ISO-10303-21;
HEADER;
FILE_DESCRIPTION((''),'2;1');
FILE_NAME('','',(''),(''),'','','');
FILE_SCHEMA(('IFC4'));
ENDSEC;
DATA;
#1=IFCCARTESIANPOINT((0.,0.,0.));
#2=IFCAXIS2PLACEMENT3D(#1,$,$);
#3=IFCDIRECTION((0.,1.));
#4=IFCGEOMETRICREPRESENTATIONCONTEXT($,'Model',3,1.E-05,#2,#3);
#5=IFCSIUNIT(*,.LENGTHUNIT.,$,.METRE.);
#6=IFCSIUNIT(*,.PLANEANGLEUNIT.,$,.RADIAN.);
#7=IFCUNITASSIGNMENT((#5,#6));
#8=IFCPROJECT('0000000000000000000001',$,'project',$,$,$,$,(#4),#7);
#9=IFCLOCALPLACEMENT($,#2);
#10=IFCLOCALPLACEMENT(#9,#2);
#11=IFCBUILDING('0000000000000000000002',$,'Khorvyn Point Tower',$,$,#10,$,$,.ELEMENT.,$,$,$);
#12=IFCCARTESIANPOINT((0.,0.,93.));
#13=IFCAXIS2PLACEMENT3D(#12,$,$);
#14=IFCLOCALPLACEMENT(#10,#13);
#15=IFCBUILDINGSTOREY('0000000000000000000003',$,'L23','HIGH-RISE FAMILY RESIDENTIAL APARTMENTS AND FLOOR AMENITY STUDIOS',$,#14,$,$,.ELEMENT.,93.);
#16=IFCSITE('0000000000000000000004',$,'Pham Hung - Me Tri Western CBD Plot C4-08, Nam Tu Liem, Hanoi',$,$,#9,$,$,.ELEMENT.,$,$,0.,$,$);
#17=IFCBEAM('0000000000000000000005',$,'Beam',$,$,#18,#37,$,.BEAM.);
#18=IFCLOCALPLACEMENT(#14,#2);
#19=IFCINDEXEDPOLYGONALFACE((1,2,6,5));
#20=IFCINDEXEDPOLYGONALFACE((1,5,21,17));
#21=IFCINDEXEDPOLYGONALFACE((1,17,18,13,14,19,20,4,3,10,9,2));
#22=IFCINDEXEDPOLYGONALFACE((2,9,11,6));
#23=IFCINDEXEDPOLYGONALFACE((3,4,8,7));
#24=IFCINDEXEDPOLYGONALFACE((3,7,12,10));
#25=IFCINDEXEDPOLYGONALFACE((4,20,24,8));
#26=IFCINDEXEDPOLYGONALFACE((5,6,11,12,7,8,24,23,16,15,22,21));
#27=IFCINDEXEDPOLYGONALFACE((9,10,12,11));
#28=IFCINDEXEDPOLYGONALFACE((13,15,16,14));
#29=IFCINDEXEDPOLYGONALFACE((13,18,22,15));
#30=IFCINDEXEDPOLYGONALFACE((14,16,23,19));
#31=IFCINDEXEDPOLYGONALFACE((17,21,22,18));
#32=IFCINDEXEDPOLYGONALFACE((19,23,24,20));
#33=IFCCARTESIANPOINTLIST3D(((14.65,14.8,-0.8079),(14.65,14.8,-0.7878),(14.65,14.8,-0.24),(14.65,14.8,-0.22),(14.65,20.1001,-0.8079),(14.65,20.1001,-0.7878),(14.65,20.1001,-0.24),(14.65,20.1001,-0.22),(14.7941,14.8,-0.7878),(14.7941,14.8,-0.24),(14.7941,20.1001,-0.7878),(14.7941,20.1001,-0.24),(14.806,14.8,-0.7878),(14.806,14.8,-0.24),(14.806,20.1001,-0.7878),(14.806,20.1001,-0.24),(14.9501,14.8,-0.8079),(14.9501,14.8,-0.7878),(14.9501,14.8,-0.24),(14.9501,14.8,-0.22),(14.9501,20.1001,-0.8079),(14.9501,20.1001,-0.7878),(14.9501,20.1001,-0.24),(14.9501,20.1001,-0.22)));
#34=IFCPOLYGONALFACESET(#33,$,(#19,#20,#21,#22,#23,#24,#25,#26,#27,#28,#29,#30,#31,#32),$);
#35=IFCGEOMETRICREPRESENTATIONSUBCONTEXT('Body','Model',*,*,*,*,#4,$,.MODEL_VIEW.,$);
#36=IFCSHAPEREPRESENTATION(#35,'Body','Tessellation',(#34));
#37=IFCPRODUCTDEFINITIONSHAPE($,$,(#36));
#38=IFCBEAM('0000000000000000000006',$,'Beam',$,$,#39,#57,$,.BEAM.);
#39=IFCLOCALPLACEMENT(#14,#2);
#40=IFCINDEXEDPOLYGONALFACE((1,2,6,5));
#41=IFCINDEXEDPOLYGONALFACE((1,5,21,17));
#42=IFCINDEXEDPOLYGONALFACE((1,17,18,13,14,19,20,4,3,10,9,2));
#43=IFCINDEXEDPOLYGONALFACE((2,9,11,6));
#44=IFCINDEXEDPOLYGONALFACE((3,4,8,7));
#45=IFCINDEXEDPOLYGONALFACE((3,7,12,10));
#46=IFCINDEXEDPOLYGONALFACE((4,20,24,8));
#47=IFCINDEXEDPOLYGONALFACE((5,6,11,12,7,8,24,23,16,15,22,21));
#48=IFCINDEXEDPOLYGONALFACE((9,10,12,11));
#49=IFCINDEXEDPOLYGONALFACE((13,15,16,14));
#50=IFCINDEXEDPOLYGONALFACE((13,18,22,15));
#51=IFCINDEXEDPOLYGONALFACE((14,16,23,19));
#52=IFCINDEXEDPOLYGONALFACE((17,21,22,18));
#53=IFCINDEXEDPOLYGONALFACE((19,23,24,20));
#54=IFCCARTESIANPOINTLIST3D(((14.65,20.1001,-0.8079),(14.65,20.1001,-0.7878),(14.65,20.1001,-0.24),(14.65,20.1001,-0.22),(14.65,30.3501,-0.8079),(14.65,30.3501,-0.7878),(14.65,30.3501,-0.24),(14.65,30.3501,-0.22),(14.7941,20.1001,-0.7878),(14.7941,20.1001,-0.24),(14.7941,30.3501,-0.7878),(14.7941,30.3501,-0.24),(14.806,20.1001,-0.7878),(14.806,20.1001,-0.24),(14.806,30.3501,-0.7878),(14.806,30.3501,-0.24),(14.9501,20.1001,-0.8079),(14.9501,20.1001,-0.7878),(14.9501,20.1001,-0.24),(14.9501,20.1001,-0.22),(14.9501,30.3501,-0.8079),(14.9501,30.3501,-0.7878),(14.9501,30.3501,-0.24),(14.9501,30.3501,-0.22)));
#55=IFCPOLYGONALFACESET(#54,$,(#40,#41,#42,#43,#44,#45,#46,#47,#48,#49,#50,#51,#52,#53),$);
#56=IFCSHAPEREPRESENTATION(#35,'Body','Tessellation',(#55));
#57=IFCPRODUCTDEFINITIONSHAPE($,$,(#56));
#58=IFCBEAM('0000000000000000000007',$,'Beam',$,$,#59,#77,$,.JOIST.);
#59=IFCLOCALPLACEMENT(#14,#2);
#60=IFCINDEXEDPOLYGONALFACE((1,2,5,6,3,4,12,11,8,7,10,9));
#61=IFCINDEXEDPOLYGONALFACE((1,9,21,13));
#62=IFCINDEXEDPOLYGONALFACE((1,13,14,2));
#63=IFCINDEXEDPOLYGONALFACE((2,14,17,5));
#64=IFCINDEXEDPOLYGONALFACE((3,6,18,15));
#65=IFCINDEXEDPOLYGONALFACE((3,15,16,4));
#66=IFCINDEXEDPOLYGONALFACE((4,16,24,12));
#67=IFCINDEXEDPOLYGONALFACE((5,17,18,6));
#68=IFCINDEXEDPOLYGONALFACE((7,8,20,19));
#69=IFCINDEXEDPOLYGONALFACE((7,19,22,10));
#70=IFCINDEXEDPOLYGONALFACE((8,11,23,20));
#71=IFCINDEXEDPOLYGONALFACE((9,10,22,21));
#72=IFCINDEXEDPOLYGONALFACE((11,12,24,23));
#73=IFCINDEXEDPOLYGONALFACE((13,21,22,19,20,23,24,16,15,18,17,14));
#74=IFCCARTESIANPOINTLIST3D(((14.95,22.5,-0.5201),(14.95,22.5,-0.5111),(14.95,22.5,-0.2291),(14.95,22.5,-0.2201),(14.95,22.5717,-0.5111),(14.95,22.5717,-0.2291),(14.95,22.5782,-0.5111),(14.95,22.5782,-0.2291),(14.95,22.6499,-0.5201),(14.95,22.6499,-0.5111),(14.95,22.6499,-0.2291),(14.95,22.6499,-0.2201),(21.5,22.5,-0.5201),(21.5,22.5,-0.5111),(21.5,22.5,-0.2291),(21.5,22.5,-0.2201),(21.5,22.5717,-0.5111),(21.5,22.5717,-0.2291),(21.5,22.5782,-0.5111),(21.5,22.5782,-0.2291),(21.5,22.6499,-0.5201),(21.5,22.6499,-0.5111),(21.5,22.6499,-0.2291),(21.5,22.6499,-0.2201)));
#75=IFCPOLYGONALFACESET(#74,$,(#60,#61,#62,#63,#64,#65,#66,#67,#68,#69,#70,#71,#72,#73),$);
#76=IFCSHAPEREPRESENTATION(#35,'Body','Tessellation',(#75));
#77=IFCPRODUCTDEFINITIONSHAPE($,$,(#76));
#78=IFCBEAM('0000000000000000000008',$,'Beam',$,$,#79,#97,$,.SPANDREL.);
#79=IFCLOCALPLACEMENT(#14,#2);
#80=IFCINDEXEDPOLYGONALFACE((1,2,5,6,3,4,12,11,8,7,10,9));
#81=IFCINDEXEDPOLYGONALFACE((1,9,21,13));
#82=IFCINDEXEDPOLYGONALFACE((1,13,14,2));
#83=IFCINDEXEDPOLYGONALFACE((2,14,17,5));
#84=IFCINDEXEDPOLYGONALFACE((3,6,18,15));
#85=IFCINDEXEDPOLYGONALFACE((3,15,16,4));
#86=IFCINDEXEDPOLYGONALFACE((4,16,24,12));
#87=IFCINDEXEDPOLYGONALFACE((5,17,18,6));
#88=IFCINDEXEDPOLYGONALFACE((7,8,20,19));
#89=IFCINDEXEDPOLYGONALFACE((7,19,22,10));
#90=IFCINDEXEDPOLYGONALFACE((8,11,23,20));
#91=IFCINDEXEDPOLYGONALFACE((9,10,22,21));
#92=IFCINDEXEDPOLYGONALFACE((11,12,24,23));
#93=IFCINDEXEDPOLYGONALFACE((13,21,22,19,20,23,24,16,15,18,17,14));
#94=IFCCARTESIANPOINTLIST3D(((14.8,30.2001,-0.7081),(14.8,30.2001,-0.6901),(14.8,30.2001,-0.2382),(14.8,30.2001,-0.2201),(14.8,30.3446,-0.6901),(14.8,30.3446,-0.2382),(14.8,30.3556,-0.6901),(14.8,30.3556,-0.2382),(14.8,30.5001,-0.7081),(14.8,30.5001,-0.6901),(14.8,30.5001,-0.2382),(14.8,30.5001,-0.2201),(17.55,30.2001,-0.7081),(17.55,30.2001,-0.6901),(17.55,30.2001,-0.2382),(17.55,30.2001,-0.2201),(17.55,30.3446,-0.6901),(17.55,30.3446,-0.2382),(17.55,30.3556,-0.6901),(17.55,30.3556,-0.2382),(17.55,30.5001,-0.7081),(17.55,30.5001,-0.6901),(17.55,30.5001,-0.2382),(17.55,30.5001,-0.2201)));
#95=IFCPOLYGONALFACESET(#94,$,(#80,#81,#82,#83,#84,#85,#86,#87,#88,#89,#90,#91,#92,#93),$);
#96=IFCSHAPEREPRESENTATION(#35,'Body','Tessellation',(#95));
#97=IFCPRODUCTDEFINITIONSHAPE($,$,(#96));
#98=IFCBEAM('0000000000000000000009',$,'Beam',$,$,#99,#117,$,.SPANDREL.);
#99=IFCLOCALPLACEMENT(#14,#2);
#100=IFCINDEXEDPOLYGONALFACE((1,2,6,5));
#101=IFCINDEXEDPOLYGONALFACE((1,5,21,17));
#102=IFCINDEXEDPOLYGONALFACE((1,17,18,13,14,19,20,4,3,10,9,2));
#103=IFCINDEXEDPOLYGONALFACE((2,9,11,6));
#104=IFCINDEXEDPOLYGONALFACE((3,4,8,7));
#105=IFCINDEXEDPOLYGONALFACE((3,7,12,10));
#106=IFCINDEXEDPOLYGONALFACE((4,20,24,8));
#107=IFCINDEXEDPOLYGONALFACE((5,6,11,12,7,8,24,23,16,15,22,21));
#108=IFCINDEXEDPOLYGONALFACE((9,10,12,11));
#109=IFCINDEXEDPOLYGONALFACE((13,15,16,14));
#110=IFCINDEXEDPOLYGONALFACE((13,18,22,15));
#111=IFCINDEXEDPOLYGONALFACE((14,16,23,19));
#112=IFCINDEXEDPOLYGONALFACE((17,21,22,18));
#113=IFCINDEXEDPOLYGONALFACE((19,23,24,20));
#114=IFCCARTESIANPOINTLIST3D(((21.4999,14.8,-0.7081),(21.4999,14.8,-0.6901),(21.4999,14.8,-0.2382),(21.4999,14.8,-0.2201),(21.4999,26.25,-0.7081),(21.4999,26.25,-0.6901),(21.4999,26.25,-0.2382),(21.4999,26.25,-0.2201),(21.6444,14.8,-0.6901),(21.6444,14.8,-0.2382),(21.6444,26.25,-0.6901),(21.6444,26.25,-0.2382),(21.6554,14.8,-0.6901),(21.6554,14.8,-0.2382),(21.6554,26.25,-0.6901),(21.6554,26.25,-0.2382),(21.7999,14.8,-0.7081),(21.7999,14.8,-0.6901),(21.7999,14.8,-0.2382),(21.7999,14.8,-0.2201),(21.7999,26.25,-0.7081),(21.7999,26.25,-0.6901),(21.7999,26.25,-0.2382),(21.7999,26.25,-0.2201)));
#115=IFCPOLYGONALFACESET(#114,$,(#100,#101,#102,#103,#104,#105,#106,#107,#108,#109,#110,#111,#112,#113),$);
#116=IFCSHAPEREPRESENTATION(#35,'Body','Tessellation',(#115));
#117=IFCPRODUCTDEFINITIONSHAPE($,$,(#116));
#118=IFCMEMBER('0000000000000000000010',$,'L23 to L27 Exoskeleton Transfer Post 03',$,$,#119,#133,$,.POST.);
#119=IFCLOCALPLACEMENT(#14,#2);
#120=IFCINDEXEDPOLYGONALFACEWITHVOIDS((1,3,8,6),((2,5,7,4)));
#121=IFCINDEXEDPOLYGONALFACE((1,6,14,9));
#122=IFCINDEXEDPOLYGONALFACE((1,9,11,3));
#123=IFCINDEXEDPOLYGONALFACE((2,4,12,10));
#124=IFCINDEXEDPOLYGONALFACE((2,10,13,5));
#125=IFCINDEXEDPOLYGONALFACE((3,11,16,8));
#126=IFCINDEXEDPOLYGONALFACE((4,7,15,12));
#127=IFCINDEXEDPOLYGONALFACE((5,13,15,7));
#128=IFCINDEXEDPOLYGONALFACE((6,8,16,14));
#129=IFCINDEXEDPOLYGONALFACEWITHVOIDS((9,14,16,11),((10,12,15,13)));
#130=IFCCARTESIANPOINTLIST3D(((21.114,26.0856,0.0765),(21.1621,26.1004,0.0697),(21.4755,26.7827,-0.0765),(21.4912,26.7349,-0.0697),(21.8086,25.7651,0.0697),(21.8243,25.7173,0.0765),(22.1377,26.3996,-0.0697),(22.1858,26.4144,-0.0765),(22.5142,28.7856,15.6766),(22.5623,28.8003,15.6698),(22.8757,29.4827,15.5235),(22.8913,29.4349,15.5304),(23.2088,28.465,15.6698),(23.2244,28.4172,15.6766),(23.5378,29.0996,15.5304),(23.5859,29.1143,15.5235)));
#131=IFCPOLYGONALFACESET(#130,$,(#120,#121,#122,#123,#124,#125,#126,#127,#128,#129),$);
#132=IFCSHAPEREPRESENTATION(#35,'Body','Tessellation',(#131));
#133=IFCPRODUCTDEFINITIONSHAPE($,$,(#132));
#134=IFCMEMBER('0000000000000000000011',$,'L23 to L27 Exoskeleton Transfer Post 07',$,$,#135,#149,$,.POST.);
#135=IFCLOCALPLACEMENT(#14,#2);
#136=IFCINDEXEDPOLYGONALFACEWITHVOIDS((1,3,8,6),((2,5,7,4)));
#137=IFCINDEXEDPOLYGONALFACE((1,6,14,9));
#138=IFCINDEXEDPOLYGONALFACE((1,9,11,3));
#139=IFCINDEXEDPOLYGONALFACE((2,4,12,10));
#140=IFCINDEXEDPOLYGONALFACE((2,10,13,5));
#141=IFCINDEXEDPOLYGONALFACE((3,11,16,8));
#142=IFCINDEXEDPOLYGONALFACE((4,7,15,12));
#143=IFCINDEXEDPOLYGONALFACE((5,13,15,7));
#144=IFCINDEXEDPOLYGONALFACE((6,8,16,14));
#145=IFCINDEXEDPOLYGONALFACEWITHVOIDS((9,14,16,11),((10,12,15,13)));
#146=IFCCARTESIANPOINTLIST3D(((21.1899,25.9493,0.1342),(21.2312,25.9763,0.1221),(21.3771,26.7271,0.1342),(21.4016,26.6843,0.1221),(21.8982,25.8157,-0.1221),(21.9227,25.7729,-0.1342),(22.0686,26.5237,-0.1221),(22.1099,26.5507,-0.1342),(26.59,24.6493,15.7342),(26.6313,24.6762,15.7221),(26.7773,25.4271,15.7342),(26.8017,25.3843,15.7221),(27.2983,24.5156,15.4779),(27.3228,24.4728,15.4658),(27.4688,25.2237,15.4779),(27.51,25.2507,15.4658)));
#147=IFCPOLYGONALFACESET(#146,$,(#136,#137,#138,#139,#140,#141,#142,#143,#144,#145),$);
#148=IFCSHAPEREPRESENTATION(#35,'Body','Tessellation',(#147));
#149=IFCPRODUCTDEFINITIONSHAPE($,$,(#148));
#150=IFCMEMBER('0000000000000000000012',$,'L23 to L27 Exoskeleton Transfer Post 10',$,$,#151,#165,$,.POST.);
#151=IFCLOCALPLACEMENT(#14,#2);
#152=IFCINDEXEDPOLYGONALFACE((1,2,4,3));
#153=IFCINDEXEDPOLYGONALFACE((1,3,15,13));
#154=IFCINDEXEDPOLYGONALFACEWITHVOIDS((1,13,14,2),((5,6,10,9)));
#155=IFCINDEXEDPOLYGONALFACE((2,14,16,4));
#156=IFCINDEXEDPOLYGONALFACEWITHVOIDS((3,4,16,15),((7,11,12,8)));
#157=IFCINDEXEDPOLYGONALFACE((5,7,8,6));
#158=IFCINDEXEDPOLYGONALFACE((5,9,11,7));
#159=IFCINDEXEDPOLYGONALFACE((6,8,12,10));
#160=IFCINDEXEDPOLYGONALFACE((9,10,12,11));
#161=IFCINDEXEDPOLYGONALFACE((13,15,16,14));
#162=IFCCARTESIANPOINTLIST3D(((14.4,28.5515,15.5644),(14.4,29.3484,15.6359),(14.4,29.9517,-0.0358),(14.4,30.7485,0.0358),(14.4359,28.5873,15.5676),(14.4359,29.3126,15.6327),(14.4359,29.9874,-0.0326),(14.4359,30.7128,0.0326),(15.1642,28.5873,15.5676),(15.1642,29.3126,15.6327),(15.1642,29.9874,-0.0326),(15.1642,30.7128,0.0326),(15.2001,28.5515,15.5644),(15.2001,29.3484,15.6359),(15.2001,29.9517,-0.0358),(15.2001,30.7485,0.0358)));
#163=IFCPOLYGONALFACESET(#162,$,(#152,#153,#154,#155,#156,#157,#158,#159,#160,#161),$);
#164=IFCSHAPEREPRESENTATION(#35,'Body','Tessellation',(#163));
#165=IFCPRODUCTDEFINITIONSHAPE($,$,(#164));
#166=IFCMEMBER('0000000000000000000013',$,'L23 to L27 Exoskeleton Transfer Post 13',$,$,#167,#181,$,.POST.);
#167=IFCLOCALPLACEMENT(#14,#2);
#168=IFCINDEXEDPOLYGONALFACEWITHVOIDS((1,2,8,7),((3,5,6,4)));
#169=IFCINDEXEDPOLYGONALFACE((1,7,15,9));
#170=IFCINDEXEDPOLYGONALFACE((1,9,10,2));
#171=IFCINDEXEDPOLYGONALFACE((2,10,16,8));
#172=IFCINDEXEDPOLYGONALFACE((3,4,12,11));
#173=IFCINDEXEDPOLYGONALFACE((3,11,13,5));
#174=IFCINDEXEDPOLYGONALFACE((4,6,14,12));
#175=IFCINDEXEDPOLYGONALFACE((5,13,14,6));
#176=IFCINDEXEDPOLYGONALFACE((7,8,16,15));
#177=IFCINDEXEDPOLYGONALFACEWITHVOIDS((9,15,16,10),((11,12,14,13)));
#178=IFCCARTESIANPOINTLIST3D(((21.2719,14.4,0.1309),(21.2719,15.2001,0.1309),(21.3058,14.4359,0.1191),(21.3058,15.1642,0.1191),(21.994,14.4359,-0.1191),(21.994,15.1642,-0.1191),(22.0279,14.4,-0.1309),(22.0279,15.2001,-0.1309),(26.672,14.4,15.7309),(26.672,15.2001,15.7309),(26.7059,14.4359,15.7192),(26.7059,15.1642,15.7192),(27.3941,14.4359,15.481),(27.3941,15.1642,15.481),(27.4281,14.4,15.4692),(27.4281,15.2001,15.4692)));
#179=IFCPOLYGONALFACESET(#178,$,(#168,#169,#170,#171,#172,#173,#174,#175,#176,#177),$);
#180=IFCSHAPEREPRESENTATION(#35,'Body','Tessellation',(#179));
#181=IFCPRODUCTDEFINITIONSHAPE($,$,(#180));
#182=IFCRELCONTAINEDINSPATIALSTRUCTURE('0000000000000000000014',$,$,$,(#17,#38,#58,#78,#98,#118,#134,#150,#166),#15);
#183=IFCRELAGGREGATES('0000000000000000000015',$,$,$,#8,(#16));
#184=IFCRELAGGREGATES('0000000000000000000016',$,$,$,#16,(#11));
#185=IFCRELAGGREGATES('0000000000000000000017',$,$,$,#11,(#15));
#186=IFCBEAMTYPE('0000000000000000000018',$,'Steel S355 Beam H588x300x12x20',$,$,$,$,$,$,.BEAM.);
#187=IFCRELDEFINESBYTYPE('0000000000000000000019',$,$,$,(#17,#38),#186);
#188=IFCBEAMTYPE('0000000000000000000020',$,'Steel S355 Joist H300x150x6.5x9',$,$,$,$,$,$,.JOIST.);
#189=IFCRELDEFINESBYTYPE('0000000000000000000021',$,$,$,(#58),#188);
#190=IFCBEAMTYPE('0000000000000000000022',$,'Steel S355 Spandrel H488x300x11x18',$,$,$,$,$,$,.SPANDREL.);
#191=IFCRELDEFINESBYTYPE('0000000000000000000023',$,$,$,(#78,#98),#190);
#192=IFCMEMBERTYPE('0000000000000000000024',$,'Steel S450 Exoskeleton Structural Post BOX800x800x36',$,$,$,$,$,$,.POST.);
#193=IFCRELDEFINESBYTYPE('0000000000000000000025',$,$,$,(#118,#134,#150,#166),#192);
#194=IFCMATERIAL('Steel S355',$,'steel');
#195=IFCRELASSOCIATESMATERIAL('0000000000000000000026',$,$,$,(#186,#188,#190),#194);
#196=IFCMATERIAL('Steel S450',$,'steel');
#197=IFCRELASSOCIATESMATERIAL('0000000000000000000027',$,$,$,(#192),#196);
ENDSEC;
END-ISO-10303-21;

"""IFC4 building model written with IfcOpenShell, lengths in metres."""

from ifc_helpers import new_model, si_unit, direction, frame, origin, origin_2d, place, context, subcontext, project, spatial, hollow_rectangle, i_section, extrude, material, material_profile, profile_set, type_object, element, save


model = new_model("IFC4")

# Units and contexts
model_context = context("Model", 3, precision=1e-05, world=origin(), true_north=direction((0.0, 1.0)))
body_context = subcontext(model_context, "Body", "Model", "MODEL_VIEW")
ifc_project = project(units=[si_unit("LENGTHUNIT", "METRE"), si_unit("PLANEANGLEUNIT", "RADIAN")], contexts=[model_context])

# Site, building, storey
site_placement = place(None, origin())
site = spatial("IfcSite", under=ifc_project, at=site_placement, Name="Pham Hung - Me Tri Western CBD Plot C4-08, Nam Tu Liem, Hanoi", CompositionType="ELEMENT", RefElevation=0.0)
building_placement = place(site_placement, origin())
building = spatial("IfcBuilding", under=site, at=building_placement, Name="Khorvyn Point Tower", CompositionType="ELEMENT")
storey_placement = place(building_placement, frame((0.0, 0.0, 93.0)))
storey = spatial("IfcBuildingStorey", under=building, at=storey_placement, Name="L23", Description="HIGH-RISE FAMILY RESIDENTIAL APARTMENTS AND FLOOR AMENITY STUDIOS", CompositionType="ELEMENT", Elevation=93.0)

# Shared definitions
ifc_material_1 = material(Name="Steel S450", Category="steel")

# Beams
ifc_material_2 = material(Name="Steel S355", Category="steel")
ifc_material_profile_1 = material_profile(ifc_material_2, i_section(OverallWidth=0.3, OverallDepth=0.5879, WebThickness=0.012, FlangeThickness=0.02, at=origin_2d()))
ifc_profile_set_1 = profile_set([ifc_material_profile_1], Name="Steel S355 H588x300x12x20")
beam_type_1 = type_object("IfcBeamType", Name="Steel S355 Beam H588x300x12x20", PredefinedType="BEAM", material=ifc_profile_set_1)
beam_1_placement = place(storey_placement, frame((14.8, 14.8, -0.5139), z_axis=(0.0, 1.0, 0.0), x_axis=(-1.0, 0.0, 0.0)))
element("IfcBeam", 1, at=beam_1_placement, inside=storey, type_object=beam_type_1, Name="Beam", PredefinedType="BEAM", context=body_context, shape_type="SweptSolid", body=[
    extrude(i_section(OverallWidth=0.3, OverallDepth=0.5879, WebThickness=0.012, FlangeThickness=0.02, at=origin_2d()), origin(), (0.0, 0.0, 1.0), 5.3),
])
beam_2_placement = place(storey_placement, frame((14.8, 20.1001, -0.5139), z_axis=(0.0, 1.0, 0.0), x_axis=(-1.0, 0.0, 0.0)))
element("IfcBeam", 2, at=beam_2_placement, inside=storey, type_object=beam_type_1, Name="Beam", PredefinedType="BEAM", context=body_context, shape_type="SweptSolid", body=[
    extrude(i_section(OverallWidth=0.3, OverallDepth=0.5879, WebThickness=0.012, FlangeThickness=0.02, at=origin_2d()), origin(), (0.0, 0.0, 1.0), 10.25),
])
ifc_material_profile_2 = material_profile(ifc_material_2, i_section(OverallWidth=0.1499, OverallDepth=0.3, WebThickness=0.0066, FlangeThickness=0.009, at=origin_2d()))
ifc_profile_set_2 = profile_set([ifc_material_profile_2], Name="Steel S355 H300x150x6.5x9")
beam_type_2 = type_object("IfcBeamType", Name="Steel S355 Joist H300x150x6.5x9", PredefinedType="JOIST", material=ifc_profile_set_2)
beam_3_placement = place(storey_placement, frame((14.95, 22.575, -0.3701), z_axis=(1.0, 0.0, 0.0), x_axis=(0.0, 1.0, 0.0)))
element("IfcBeam", 3, at=beam_3_placement, inside=storey, type_object=beam_type_2, Name="Beam", PredefinedType="JOIST", context=body_context, shape_type="SweptSolid", body=[
    extrude(i_section(OverallWidth=0.1499, OverallDepth=0.3, WebThickness=0.0066, FlangeThickness=0.009, at=origin_2d()), origin(), (0.0, 0.0, 1.0), 6.55),
])
ifc_material_profile_3 = material_profile(ifc_material_2, i_section(OverallWidth=0.3, OverallDepth=0.488, WebThickness=0.011, FlangeThickness=0.0181, at=origin_2d()))
ifc_profile_set_3 = profile_set([ifc_material_profile_3], Name="Steel S355 H488x300x11x18")
beam_type_3 = type_object("IfcBeamType", Name="Steel S355 Spandrel H488x300x11x18", PredefinedType="SPANDREL", material=ifc_profile_set_3)
beam_4_placement = place(storey_placement, frame((14.8, 30.3501, -0.4641), z_axis=(1.0, 0.0, 0.0), x_axis=(0.0, 1.0, 0.0)))
element("IfcBeam", 4, at=beam_4_placement, inside=storey, type_object=beam_type_3, Name="Beam", PredefinedType="SPANDREL", context=body_context, shape_type="SweptSolid", body=[
    extrude(i_section(OverallWidth=0.3, OverallDepth=0.488, WebThickness=0.011, FlangeThickness=0.0181, at=origin_2d()), origin(), (0.0, 0.0, 1.0), 2.75),
])
beam_5_placement = place(storey_placement, frame((21.6499, 14.8, -0.4641), z_axis=(0.0, 1.0, 0.0), x_axis=(-1.0, 0.0, 0.0)))
element("IfcBeam", 5, at=beam_5_placement, inside=storey, type_object=beam_type_3, Name="Beam", PredefinedType="SPANDREL", context=body_context, shape_type="SweptSolid", body=[
    extrude(i_section(OverallWidth=0.3, OverallDepth=0.488, WebThickness=0.011, FlangeThickness=0.0181, at=origin_2d()), origin(), (0.0, 0.0, 1.0), 11.45),
])

# Members
ifc_material_profile_4 = material_profile(ifc_material_1, hollow_rectangle(XDim=0.8, YDim=0.8, WallThickness=0.0359, at=origin_2d()))
ifc_profile_set_4 = profile_set([ifc_material_profile_4], Name="Steel S450 BOX800x800x36")
member_type_1 = type_object("IfcMemberType", Name="Steel S450 Exoskeleton Structural Post BOX800x800x36", PredefinedType="POST", material=ifc_profile_set_4)
member_1_placement = place(storey_placement, frame((21.6499, 26.25, 0.0), z_axis=(0.088094, 0.169874, 0.98152), x_axis=(-0.887731, 0.460362, 0.0)))
element("IfcMember", 6, at=member_1_placement, inside=storey, type_object=member_type_1, Name="L23 to L27 Exoskeleton Transfer Post 03", PredefinedType="POST", context=body_context, shape_type="SweptSolid", body=[
    extrude(hollow_rectangle(XDim=0.8, YDim=0.8, WallThickness=0.0359, at=origin_2d()), origin(), (0.0, 0.0, 1.0), 15.8938),
])
member_2_placement = place(storey_placement, frame((21.6499, 26.25, 0.0), z_axis=(0.326107, -0.078508, 0.942067), x_axis=(0.234056, 0.972223, 0.0)))
element("IfcMember", 7, at=member_2_placement, inside=storey, type_object=member_type_1, Name="L23 to L27 Exoskeleton Transfer Post 07", PredefinedType="POST", context=body_context, shape_type="SweptSolid", body=[
    extrude(hollow_rectangle(XDim=0.8, YDim=0.8, WallThickness=0.0359, at=origin_2d()), origin(), (0.0, 0.0, 1.0), 16.5593),
])
member_3_placement = place(storey_placement, frame((14.8, 30.3501, 0.0), z_axis=(0.0, -0.089393, 0.995996), x_axis=(1.0, 0.0, 0.0)))
element("IfcMember", 8, at=member_3_placement, inside=storey, type_object=member_type_1, Name="L23 to L27 Exoskeleton Transfer Post 10", PredefinedType="POST", context=body_context, shape_type="SweptSolid", body=[
    extrude(hollow_rectangle(XDim=0.8, YDim=0.8, WallThickness=0.0359, at=origin_2d()), origin(), (0.0, 0.0, 1.0), 15.6628),
])
member_4_placement = place(storey_placement, frame((21.6499, 14.8, 0.0), z_axis=(0.327117, 0.0, 0.944984), x_axis=(0.0, 1.0, 0.0)))
element("IfcMember", 9, at=member_4_placement, inside=storey, type_object=member_type_1, Name="L23 to L27 Exoskeleton Transfer Post 13", PredefinedType="POST", context=body_context, shape_type="SweptSolid", body=[
    extrude(hollow_rectangle(XDim=0.8, YDim=0.8, WallThickness=0.0359, at=origin_2d()), origin(), (0.0, 0.0, 1.0), 16.5083),
])

save(model, "model.ifc")
